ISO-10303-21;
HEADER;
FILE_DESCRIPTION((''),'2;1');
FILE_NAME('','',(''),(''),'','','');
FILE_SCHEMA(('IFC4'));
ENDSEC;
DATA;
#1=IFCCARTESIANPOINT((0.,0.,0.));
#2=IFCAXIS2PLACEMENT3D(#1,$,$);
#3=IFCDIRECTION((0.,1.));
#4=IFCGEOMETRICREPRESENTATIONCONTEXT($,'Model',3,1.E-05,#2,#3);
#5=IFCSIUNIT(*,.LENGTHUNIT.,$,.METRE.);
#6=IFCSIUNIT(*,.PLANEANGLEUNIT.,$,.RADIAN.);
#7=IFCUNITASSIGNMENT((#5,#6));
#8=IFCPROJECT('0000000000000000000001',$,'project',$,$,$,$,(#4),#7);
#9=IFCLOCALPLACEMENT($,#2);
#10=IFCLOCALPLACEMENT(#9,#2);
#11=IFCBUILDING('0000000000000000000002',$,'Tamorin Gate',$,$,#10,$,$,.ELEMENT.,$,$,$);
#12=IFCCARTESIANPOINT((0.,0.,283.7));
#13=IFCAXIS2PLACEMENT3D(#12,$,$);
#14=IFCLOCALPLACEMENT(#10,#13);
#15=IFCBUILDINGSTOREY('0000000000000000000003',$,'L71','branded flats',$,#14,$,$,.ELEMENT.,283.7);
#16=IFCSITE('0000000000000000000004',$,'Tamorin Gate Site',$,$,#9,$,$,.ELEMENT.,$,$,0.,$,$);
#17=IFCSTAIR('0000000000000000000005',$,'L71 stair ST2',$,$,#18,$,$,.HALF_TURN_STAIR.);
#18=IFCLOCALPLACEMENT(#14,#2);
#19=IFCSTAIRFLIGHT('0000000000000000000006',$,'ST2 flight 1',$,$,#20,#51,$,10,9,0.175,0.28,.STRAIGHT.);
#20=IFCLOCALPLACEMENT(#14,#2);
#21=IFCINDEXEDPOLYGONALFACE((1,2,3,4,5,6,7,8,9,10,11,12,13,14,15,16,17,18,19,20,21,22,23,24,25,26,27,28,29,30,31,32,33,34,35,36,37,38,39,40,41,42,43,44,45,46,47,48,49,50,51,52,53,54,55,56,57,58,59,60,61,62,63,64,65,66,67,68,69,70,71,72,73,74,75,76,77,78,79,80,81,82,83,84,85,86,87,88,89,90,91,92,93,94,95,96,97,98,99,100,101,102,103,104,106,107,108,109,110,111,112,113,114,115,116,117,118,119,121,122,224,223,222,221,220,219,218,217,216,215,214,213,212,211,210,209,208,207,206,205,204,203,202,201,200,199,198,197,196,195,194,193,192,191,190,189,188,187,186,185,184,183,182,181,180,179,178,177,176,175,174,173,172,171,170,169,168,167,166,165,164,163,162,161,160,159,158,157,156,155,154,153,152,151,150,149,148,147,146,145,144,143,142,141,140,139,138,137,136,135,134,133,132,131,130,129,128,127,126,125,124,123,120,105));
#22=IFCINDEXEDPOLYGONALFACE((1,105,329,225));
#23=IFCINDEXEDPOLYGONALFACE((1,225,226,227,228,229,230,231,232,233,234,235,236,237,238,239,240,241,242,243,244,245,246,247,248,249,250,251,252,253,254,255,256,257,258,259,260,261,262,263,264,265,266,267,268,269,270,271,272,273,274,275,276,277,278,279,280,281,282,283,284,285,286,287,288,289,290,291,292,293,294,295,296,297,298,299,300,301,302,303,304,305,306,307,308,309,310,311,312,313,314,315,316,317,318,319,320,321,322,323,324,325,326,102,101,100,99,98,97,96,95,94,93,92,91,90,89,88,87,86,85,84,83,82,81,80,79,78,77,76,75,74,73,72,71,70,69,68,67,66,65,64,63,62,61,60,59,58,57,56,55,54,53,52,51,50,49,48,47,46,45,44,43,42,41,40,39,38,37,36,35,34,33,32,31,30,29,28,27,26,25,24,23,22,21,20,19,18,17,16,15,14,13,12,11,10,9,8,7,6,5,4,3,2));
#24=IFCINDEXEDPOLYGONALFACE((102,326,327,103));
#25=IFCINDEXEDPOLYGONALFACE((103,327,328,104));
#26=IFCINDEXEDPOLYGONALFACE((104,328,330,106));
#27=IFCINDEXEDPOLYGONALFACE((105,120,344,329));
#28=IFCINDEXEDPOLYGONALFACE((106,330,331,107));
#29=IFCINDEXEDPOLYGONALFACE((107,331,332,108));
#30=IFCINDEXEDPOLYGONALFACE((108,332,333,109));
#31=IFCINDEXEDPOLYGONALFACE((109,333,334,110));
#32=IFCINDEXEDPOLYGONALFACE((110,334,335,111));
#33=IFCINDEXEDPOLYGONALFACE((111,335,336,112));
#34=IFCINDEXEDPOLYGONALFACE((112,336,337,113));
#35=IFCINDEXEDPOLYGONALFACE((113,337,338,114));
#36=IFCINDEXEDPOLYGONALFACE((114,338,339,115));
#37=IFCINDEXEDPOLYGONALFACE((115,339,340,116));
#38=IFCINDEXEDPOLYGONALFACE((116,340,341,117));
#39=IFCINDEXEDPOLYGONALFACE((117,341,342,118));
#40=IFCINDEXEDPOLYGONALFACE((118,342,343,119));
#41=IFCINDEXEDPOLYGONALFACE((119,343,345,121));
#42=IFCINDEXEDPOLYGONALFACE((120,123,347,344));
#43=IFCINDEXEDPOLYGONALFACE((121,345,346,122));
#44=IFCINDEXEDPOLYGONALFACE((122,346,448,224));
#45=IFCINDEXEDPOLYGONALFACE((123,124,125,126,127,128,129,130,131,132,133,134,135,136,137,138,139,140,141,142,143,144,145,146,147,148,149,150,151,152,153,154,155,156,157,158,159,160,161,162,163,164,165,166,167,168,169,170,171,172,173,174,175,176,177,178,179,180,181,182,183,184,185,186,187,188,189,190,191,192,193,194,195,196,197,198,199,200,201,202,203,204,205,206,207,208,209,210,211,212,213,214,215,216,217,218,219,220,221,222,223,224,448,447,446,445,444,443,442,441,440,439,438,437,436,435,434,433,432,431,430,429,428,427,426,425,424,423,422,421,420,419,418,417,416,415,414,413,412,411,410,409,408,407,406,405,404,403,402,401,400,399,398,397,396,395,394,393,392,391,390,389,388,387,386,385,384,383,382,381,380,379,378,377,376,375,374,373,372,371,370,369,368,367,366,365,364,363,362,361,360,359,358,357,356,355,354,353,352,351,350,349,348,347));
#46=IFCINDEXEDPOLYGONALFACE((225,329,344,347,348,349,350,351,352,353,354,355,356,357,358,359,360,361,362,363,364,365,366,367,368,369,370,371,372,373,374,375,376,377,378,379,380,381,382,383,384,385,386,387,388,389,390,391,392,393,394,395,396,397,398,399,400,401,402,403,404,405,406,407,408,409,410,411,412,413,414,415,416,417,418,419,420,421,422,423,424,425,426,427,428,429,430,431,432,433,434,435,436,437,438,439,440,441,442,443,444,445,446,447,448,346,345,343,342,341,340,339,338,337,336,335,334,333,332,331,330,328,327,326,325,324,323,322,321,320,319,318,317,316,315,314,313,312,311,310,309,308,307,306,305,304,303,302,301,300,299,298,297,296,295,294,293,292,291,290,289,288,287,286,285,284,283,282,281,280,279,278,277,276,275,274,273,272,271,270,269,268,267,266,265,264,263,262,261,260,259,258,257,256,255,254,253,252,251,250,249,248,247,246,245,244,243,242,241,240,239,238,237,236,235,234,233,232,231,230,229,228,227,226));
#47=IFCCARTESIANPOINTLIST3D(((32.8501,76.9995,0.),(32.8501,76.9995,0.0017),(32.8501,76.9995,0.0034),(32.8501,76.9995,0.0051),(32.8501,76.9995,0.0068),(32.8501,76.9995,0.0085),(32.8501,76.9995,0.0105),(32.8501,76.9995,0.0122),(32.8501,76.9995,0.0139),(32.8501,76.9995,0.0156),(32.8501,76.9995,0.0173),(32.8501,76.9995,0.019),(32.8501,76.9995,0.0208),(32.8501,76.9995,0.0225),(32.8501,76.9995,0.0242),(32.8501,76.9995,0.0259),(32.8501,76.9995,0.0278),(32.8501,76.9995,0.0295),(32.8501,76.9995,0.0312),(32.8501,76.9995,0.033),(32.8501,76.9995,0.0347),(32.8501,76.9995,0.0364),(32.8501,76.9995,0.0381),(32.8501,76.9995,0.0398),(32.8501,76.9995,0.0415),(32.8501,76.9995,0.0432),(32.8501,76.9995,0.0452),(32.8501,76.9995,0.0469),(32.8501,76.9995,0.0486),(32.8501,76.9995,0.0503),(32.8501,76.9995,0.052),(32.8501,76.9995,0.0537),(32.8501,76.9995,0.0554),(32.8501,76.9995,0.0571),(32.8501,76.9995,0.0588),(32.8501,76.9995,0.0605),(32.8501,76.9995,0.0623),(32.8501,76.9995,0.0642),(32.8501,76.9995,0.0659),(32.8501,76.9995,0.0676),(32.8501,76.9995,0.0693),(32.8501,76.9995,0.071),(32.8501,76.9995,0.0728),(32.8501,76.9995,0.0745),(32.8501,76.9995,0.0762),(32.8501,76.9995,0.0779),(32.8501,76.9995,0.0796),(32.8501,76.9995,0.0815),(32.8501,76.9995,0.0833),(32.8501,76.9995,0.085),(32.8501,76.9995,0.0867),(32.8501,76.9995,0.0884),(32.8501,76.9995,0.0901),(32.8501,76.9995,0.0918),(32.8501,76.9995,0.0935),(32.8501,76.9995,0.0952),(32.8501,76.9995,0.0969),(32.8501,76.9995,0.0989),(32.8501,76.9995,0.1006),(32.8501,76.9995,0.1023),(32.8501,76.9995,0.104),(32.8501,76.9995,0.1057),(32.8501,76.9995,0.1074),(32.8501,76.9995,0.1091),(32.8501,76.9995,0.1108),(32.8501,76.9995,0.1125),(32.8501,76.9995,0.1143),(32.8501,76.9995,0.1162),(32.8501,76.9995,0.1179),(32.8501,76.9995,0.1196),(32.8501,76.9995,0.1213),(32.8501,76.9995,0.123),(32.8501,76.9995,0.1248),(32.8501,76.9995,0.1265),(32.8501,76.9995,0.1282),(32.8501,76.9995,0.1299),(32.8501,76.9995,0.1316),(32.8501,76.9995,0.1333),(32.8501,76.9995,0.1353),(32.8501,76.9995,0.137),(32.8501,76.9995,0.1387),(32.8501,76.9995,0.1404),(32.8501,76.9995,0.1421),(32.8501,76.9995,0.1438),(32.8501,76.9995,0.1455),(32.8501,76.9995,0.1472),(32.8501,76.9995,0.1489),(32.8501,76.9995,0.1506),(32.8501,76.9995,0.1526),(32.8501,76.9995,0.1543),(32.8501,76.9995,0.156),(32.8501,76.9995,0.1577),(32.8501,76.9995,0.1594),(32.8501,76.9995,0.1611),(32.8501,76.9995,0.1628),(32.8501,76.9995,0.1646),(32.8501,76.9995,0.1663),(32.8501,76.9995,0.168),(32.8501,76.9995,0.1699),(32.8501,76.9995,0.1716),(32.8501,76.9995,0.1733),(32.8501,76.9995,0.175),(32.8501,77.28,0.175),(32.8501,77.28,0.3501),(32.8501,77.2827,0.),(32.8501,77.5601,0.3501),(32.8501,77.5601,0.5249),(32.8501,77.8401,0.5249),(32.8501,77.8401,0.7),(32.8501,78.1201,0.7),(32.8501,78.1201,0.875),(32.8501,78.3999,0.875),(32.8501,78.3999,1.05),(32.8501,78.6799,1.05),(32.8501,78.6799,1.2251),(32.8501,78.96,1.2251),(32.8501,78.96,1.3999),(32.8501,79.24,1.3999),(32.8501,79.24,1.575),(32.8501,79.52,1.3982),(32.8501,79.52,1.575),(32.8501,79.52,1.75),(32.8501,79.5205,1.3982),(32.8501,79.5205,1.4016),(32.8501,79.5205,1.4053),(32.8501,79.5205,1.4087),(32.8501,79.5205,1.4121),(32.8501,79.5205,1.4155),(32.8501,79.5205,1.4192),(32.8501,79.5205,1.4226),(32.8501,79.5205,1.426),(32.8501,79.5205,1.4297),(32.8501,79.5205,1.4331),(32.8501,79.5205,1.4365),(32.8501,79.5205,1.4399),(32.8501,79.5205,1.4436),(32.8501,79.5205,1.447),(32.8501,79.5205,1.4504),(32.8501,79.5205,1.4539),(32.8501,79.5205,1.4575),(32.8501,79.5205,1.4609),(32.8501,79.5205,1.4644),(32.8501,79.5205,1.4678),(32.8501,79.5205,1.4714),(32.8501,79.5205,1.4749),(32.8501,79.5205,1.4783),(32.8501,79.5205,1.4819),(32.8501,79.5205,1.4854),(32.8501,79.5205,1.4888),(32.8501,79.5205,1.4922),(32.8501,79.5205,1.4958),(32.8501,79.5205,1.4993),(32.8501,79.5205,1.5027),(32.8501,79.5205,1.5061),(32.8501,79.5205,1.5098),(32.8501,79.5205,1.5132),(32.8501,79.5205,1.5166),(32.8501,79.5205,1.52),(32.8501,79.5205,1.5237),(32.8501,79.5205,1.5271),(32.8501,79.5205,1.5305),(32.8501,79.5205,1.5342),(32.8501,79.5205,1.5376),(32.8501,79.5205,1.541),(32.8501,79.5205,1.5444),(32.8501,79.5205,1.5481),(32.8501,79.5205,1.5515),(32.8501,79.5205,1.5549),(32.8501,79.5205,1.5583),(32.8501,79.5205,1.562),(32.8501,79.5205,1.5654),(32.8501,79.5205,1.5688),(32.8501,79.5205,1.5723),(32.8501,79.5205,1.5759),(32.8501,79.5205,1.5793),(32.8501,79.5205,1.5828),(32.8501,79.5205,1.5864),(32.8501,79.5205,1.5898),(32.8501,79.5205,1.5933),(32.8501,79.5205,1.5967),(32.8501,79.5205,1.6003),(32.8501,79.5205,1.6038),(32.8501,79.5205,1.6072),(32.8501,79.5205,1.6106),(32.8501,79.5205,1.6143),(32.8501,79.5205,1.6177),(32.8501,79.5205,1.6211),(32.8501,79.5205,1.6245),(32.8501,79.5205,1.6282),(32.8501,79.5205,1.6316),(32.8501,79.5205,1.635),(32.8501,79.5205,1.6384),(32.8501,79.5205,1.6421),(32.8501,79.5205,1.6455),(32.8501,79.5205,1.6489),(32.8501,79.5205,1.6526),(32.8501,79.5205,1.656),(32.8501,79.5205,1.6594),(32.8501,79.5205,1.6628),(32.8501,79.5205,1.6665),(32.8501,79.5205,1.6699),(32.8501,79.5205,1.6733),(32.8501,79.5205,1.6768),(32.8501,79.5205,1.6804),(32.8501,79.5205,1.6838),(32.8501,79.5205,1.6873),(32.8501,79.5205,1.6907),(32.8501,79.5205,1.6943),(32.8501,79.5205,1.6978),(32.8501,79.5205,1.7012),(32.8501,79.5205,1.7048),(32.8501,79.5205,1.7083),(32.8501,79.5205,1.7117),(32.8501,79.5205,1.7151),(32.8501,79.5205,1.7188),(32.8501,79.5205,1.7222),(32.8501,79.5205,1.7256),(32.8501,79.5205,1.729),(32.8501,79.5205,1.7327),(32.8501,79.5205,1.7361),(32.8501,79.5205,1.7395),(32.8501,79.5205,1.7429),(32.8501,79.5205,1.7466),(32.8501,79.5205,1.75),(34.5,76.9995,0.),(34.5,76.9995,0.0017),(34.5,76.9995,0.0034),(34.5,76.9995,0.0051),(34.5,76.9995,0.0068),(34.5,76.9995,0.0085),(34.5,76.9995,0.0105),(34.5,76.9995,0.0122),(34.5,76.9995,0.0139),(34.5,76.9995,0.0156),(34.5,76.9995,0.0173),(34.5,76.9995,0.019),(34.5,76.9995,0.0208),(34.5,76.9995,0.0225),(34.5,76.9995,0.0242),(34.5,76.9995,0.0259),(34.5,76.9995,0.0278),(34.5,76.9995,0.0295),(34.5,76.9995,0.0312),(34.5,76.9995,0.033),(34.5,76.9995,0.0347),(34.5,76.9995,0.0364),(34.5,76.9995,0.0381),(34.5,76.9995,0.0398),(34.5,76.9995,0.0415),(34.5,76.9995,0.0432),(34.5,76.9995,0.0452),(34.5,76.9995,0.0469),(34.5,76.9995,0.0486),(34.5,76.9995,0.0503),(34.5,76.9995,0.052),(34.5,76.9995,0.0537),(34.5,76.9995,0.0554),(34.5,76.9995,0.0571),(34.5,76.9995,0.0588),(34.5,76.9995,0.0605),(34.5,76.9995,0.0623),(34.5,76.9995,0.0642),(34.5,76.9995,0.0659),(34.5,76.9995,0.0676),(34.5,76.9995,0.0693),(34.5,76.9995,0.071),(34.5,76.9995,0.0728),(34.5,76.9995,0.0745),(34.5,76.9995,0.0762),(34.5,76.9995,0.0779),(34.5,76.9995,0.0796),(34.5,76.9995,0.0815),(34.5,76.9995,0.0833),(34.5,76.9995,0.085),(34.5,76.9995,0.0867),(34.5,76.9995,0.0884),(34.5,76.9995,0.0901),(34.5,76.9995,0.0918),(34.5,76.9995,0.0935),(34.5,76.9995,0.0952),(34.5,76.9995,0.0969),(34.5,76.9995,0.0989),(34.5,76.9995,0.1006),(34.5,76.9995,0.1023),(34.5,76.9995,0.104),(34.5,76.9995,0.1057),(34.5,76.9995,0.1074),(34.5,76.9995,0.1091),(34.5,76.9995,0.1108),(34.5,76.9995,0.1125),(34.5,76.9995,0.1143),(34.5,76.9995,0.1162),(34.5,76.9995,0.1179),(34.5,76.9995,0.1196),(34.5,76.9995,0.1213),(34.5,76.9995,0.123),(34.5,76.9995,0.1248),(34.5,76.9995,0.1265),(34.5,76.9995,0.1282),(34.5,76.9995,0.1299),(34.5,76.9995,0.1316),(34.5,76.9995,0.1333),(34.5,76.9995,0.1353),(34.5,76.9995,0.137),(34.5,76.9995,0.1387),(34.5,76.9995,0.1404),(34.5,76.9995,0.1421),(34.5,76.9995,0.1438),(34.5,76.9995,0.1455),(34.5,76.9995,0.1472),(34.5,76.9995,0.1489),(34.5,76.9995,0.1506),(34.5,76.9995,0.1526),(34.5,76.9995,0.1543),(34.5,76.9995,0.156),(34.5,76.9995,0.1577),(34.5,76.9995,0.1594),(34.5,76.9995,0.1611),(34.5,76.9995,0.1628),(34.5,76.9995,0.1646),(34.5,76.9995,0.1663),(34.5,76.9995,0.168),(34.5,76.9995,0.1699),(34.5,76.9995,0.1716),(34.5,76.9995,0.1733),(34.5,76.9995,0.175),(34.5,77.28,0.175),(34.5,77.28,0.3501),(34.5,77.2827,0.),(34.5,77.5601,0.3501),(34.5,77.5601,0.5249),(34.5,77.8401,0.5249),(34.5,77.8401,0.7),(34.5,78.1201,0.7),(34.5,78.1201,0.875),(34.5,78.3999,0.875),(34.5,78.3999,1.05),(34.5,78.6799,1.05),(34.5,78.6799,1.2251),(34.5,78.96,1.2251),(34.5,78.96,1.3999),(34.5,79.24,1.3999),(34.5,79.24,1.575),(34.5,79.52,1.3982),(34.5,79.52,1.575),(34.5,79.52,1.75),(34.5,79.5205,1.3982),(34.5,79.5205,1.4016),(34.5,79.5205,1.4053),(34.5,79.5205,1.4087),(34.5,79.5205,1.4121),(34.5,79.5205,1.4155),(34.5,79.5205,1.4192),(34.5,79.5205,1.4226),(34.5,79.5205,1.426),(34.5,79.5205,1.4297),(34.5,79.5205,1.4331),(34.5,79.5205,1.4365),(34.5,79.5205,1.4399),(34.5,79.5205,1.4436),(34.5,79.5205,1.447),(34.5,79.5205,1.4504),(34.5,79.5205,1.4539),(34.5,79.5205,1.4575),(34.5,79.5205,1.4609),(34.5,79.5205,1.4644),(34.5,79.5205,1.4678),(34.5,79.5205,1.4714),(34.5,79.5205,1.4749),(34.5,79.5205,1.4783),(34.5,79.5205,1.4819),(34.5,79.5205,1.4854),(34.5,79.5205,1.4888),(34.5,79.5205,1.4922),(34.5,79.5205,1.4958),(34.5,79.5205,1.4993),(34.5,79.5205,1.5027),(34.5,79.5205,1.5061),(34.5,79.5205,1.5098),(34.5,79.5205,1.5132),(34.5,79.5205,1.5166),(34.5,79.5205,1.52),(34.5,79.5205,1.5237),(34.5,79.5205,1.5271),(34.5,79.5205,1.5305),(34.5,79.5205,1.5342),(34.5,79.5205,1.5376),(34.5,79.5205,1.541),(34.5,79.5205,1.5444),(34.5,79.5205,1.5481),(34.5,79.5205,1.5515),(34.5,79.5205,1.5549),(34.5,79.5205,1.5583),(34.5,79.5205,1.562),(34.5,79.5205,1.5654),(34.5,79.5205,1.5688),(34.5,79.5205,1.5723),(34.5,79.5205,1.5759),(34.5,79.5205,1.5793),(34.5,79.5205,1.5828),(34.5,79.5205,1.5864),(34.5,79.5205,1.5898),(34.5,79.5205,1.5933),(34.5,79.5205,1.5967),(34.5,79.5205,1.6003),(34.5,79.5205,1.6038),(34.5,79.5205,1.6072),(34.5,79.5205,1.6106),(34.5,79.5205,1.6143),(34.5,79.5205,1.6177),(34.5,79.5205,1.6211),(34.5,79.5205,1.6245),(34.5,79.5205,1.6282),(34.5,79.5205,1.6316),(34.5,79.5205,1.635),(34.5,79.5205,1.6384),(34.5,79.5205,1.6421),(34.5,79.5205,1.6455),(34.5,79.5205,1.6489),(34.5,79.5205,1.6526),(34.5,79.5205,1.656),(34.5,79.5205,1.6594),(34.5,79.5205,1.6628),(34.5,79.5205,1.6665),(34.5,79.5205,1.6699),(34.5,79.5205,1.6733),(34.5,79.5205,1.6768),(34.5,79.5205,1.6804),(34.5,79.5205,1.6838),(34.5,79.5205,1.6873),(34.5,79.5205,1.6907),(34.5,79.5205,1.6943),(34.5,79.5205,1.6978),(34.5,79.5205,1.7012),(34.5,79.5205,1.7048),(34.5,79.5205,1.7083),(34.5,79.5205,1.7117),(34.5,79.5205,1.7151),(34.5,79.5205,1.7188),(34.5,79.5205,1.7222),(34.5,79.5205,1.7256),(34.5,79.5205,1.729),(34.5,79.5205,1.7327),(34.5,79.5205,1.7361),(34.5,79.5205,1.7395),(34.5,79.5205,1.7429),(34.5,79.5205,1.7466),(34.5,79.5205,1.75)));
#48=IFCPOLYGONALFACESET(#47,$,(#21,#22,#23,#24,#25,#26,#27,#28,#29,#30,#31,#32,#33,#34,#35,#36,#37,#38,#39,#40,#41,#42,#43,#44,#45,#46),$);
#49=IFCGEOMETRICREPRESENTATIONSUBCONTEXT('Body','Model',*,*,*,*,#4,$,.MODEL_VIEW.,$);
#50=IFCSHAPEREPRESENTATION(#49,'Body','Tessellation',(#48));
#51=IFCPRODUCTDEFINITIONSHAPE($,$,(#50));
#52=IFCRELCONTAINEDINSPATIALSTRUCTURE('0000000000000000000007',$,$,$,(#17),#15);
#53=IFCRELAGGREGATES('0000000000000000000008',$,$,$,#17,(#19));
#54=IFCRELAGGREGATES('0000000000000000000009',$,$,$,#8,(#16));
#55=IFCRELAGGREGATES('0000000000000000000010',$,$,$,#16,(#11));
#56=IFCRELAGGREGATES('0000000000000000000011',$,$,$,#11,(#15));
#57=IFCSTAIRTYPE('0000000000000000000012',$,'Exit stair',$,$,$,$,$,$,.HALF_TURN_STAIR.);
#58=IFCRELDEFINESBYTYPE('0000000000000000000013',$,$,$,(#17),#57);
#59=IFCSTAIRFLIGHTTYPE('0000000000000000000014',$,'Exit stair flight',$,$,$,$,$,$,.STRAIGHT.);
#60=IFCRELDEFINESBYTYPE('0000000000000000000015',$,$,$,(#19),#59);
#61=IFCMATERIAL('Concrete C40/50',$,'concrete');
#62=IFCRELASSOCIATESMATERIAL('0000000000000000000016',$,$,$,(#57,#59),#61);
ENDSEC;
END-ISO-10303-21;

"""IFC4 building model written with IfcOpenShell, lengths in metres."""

from ifc_helpers import new_model, si_unit, direction, frame, origin, place, context, subcontext, project, spatial, polyline, outline, extrude, material, type_object, element, aggregate, save


model = new_model("IFC4")

# Units and contexts
model_context = context("Model", 3, precision=1e-05, world=origin(), true_north=direction((0.0, 1.0)))
body_context = subcontext(model_context, "Body", "Model", "MODEL_VIEW")
ifc_project = project(units=[si_unit("LENGTHUNIT", "METRE"), si_unit("PLANEANGLEUNIT", "RADIAN")], contexts=[model_context])

# Site, building, storey
site_placement = place(None, origin())
site = spatial("IfcSite", under=ifc_project, at=site_placement, Name="Tamorin Gate Site", CompositionType="ELEMENT", RefElevation=0.0)
building_placement = place(site_placement, origin())
building = spatial("IfcBuilding", under=site, at=building_placement, Name="Tamorin Gate", CompositionType="ELEMENT")
storey_placement = place(building_placement, frame((0.0, 0.0, 283.7)))
storey = spatial("IfcBuildingStorey", under=building, at=storey_placement, Name="L71", Description="branded flats", CompositionType="ELEMENT", Elevation=283.7)

# Shared definitions
ifc_material_1 = material(Name="Concrete C40/50", Category="concrete")

# Shared definitions
stair_type = type_object("IfcStairType", Name="Exit stair", PredefinedType="HALF_TURN_STAIR", material=ifc_material_1)
stair_flight_type = type_object("IfcStairFlightType", Name="Exit stair flight", PredefinedType="STRAIGHT", material=ifc_material_1)

# Stair, stair flight
stair_1_placement = place(storey_placement, origin())
stair_1 = element("IfcStair", 1, at=stair_1_placement, inside=storey, type_object=stair_type, Name="L71 stair ST2", PredefinedType="HALF_TURN_STAIR")
stair_flight_1_placement = place(storey_placement, frame((33.675, 77.0, 0.0), z_axis=(0.0, 0.0, 1.0), x_axis=(0.0, 1.0, 0.0)))
stair_flight_1 = element("IfcStairFlight", 2, at=stair_flight_1_placement, type_object=stair_flight_type, Name="ST2 flight 1", NumberOfRisers=10, NumberOfTreads=9, PredefinedType="STRAIGHT", RiserHeight=0.175, TreadLength=0.28, context=body_context, shape_type="SweptSolid", body=[
    extrude(outline(polyline([(-0.0005, 0.0), (-0.0005, 0.0017), (-0.0005, 0.0034), (-0.0005, 0.0051), (-0.0005, 0.0068), (-0.0005, 0.0085), (-0.0005, 0.0105), (-0.0005, 0.0122), (-0.0005, 0.0139), (-0.0005, 0.0156), (-0.0005, 0.0173), (-0.0005, 0.019), (-0.0005, 0.0208), (-0.0005, 0.0225), (-0.0005, 0.0242), (-0.0005, 0.0259), (-0.0005, 0.0278), (-0.0005, 0.0295), (-0.0005, 0.0312), (-0.0005, 0.033), (-0.0005, 0.0347), (-0.0005, 0.0364), (-0.0005, 0.0381), (-0.0005, 0.0398), (-0.0005, 0.0415), (-0.0005, 0.0432), (-0.0005, 0.0452), (-0.0005, 0.0469), (-0.0005, 0.0486), (-0.0005, 0.0503), (-0.0005, 0.052), (-0.0005, 0.0537), (-0.0005, 0.0554), (-0.0005, 0.0571), (-0.0005, 0.0588), (-0.0005, 0.0605), (-0.0005, 0.0623), (-0.0005, 0.0642), (-0.0005, 0.0659), (-0.0005, 0.0676), (-0.0005, 0.0693), (-0.0005, 0.071), (-0.0005, 0.0728), (-0.0005, 0.0745), (-0.0005, 0.0762), (-0.0005, 0.0779), (-0.0005, 0.0796), (-0.0005, 0.0815), (-0.0005, 0.0833), (-0.0005, 0.085), (-0.0005, 0.0867), (-0.0005, 0.0884), (-0.0005, 0.0901), (-0.0005, 0.0918), (-0.0005, 0.0935), (-0.0005, 0.0952), (-0.0005, 0.0969), (-0.0005, 0.0989), (-0.0005, 0.1006), (-0.0005, 0.1023), (-0.0005, 0.104), (-0.0005, 0.1057), (-0.0005, 0.1074), (-0.0005, 0.1091), (-0.0005, 0.1108), (-0.0005, 0.1125), (-0.0005, 0.1143), (-0.0005, 0.1162), (-0.0005, 0.1179), (-0.0005, 0.1196), (-0.0005, 0.1213), (-0.0005, 0.123), (-0.0005, 0.1248), (-0.0005, 0.1265), (-0.0005, 0.1282), (-0.0005, 0.1299), (-0.0005, 0.1316), (-0.0005, 0.1333), (-0.0005, 0.1353), (-0.0005, 0.137), (-0.0005, 0.1387), (-0.0005, 0.1404), (-0.0005, 0.1421), (-0.0005, 0.1438), (-0.0005, 0.1455), (-0.0005, 0.1472), (-0.0005, 0.1489), (-0.0005, 0.1506), (-0.0005, 0.1526), (-0.0005, 0.1543), (-0.0005, 0.156), (-0.0005, 0.1577), (-0.0005, 0.1594), (-0.0005, 0.1611), (-0.0005, 0.1628), (-0.0005, 0.1646), (-0.0005, 0.1663), (-0.0005, 0.168), (-0.0005, 0.1699), (-0.0005, 0.1716), (-0.0005, 0.1733), (-0.0005, 0.175), (0.28, 0.175), (0.28, 0.3501), (0.5601, 0.3501), (0.5601, 0.5249), (0.8401, 0.5249), (0.8401, 0.7), (1.1201, 0.7), (1.1201, 0.875), (1.3999, 0.875), (1.3999, 1.05), (1.6799, 1.05), (1.6799, 1.2251), (1.96, 1.2251), (1.96, 1.3999), (2.24, 1.3999), (2.24, 1.575), (2.52, 1.575), (2.52, 1.75), (2.5205, 1.75), (2.5205, 1.7466), (2.5205, 1.7429), (2.5205, 1.7395), (2.5205, 1.7361), (2.5205, 1.7327), (2.5205, 1.729), (2.5205, 1.7256), (2.5205, 1.7222), (2.5205, 1.7188), (2.5205, 1.7151), (2.5205, 1.7117), (2.5205, 1.7083), (2.5205, 1.7048), (2.5205, 1.7012), (2.5205, 1.6978), (2.5205, 1.6943), (2.5205, 1.6907), (2.5205, 1.6873), (2.5205, 1.6838), (2.5205, 1.6804), (2.5205, 1.6768), (2.5205, 1.6733), (2.5205, 1.6699), (2.5205, 1.6665), (2.5205, 1.6628), (2.5205, 1.6594), (2.5205, 1.656), (2.5205, 1.6526), (2.5205, 1.6489), (2.5205, 1.6455), (2.5205, 1.6421), (2.5205, 1.6384), (2.5205, 1.635), (2.5205, 1.6316), (2.5205, 1.6282), (2.5205, 1.6245), (2.5205, 1.6211), (2.5205, 1.6177), (2.5205, 1.6143), (2.5205, 1.6106), (2.5205, 1.6072), (2.5205, 1.6038), (2.5205, 1.6003), (2.5205, 1.5967), (2.5205, 1.5933), (2.5205, 1.5898), (2.5205, 1.5864), (2.5205, 1.5828), (2.5205, 1.5793), (2.5205, 1.5759), (2.5205, 1.5723), (2.5205, 1.5688), (2.5205, 1.5654), (2.5205, 1.562), (2.5205, 1.5583), (2.5205, 1.5549), (2.5205, 1.5515), (2.5205, 1.5481), (2.5205, 1.5444), (2.5205, 1.541), (2.5205, 1.5376), (2.5205, 1.5342), (2.5205, 1.5305), (2.5205, 1.5271), (2.5205, 1.5237), (2.5205, 1.52), (2.5205, 1.5166), (2.5205, 1.5132), (2.5205, 1.5098), (2.5205, 1.5061), (2.5205, 1.5027), (2.5205, 1.4993), (2.5205, 1.4958), (2.5205, 1.4922), (2.5205, 1.4888), (2.5205, 1.4854), (2.5205, 1.4819), (2.5205, 1.4783), (2.5205, 1.4749), (2.5205, 1.4714), (2.5205, 1.4678), (2.5205, 1.4644), (2.5205, 1.4609), (2.5205, 1.4575), (2.5205, 1.4539), (2.5205, 1.4504), (2.5205, 1.447), (2.5205, 1.4436), (2.5205, 1.4399), (2.5205, 1.4365), (2.5205, 1.4331), (2.5205, 1.4297), (2.5205, 1.426), (2.5205, 1.4226), (2.5205, 1.4192), (2.5205, 1.4155), (2.5205, 1.4121), (2.5205, 1.4087), (2.5205, 1.4053), (2.5205, 1.4016), (2.5205, 1.3982), (2.52, 1.3982), (0.2827, 0.0), (-0.0005, 0.0)])), frame((0.0, 0.825, 0.0), z_axis=(0.0, -1.0, 0.0), x_axis=(1.0, 0.0, 0.0)), (0.0, 0.0, 1.0), 1.6499),
])
aggregate(stair_1, [stair_flight_1])

save(model, "model.ifc")
